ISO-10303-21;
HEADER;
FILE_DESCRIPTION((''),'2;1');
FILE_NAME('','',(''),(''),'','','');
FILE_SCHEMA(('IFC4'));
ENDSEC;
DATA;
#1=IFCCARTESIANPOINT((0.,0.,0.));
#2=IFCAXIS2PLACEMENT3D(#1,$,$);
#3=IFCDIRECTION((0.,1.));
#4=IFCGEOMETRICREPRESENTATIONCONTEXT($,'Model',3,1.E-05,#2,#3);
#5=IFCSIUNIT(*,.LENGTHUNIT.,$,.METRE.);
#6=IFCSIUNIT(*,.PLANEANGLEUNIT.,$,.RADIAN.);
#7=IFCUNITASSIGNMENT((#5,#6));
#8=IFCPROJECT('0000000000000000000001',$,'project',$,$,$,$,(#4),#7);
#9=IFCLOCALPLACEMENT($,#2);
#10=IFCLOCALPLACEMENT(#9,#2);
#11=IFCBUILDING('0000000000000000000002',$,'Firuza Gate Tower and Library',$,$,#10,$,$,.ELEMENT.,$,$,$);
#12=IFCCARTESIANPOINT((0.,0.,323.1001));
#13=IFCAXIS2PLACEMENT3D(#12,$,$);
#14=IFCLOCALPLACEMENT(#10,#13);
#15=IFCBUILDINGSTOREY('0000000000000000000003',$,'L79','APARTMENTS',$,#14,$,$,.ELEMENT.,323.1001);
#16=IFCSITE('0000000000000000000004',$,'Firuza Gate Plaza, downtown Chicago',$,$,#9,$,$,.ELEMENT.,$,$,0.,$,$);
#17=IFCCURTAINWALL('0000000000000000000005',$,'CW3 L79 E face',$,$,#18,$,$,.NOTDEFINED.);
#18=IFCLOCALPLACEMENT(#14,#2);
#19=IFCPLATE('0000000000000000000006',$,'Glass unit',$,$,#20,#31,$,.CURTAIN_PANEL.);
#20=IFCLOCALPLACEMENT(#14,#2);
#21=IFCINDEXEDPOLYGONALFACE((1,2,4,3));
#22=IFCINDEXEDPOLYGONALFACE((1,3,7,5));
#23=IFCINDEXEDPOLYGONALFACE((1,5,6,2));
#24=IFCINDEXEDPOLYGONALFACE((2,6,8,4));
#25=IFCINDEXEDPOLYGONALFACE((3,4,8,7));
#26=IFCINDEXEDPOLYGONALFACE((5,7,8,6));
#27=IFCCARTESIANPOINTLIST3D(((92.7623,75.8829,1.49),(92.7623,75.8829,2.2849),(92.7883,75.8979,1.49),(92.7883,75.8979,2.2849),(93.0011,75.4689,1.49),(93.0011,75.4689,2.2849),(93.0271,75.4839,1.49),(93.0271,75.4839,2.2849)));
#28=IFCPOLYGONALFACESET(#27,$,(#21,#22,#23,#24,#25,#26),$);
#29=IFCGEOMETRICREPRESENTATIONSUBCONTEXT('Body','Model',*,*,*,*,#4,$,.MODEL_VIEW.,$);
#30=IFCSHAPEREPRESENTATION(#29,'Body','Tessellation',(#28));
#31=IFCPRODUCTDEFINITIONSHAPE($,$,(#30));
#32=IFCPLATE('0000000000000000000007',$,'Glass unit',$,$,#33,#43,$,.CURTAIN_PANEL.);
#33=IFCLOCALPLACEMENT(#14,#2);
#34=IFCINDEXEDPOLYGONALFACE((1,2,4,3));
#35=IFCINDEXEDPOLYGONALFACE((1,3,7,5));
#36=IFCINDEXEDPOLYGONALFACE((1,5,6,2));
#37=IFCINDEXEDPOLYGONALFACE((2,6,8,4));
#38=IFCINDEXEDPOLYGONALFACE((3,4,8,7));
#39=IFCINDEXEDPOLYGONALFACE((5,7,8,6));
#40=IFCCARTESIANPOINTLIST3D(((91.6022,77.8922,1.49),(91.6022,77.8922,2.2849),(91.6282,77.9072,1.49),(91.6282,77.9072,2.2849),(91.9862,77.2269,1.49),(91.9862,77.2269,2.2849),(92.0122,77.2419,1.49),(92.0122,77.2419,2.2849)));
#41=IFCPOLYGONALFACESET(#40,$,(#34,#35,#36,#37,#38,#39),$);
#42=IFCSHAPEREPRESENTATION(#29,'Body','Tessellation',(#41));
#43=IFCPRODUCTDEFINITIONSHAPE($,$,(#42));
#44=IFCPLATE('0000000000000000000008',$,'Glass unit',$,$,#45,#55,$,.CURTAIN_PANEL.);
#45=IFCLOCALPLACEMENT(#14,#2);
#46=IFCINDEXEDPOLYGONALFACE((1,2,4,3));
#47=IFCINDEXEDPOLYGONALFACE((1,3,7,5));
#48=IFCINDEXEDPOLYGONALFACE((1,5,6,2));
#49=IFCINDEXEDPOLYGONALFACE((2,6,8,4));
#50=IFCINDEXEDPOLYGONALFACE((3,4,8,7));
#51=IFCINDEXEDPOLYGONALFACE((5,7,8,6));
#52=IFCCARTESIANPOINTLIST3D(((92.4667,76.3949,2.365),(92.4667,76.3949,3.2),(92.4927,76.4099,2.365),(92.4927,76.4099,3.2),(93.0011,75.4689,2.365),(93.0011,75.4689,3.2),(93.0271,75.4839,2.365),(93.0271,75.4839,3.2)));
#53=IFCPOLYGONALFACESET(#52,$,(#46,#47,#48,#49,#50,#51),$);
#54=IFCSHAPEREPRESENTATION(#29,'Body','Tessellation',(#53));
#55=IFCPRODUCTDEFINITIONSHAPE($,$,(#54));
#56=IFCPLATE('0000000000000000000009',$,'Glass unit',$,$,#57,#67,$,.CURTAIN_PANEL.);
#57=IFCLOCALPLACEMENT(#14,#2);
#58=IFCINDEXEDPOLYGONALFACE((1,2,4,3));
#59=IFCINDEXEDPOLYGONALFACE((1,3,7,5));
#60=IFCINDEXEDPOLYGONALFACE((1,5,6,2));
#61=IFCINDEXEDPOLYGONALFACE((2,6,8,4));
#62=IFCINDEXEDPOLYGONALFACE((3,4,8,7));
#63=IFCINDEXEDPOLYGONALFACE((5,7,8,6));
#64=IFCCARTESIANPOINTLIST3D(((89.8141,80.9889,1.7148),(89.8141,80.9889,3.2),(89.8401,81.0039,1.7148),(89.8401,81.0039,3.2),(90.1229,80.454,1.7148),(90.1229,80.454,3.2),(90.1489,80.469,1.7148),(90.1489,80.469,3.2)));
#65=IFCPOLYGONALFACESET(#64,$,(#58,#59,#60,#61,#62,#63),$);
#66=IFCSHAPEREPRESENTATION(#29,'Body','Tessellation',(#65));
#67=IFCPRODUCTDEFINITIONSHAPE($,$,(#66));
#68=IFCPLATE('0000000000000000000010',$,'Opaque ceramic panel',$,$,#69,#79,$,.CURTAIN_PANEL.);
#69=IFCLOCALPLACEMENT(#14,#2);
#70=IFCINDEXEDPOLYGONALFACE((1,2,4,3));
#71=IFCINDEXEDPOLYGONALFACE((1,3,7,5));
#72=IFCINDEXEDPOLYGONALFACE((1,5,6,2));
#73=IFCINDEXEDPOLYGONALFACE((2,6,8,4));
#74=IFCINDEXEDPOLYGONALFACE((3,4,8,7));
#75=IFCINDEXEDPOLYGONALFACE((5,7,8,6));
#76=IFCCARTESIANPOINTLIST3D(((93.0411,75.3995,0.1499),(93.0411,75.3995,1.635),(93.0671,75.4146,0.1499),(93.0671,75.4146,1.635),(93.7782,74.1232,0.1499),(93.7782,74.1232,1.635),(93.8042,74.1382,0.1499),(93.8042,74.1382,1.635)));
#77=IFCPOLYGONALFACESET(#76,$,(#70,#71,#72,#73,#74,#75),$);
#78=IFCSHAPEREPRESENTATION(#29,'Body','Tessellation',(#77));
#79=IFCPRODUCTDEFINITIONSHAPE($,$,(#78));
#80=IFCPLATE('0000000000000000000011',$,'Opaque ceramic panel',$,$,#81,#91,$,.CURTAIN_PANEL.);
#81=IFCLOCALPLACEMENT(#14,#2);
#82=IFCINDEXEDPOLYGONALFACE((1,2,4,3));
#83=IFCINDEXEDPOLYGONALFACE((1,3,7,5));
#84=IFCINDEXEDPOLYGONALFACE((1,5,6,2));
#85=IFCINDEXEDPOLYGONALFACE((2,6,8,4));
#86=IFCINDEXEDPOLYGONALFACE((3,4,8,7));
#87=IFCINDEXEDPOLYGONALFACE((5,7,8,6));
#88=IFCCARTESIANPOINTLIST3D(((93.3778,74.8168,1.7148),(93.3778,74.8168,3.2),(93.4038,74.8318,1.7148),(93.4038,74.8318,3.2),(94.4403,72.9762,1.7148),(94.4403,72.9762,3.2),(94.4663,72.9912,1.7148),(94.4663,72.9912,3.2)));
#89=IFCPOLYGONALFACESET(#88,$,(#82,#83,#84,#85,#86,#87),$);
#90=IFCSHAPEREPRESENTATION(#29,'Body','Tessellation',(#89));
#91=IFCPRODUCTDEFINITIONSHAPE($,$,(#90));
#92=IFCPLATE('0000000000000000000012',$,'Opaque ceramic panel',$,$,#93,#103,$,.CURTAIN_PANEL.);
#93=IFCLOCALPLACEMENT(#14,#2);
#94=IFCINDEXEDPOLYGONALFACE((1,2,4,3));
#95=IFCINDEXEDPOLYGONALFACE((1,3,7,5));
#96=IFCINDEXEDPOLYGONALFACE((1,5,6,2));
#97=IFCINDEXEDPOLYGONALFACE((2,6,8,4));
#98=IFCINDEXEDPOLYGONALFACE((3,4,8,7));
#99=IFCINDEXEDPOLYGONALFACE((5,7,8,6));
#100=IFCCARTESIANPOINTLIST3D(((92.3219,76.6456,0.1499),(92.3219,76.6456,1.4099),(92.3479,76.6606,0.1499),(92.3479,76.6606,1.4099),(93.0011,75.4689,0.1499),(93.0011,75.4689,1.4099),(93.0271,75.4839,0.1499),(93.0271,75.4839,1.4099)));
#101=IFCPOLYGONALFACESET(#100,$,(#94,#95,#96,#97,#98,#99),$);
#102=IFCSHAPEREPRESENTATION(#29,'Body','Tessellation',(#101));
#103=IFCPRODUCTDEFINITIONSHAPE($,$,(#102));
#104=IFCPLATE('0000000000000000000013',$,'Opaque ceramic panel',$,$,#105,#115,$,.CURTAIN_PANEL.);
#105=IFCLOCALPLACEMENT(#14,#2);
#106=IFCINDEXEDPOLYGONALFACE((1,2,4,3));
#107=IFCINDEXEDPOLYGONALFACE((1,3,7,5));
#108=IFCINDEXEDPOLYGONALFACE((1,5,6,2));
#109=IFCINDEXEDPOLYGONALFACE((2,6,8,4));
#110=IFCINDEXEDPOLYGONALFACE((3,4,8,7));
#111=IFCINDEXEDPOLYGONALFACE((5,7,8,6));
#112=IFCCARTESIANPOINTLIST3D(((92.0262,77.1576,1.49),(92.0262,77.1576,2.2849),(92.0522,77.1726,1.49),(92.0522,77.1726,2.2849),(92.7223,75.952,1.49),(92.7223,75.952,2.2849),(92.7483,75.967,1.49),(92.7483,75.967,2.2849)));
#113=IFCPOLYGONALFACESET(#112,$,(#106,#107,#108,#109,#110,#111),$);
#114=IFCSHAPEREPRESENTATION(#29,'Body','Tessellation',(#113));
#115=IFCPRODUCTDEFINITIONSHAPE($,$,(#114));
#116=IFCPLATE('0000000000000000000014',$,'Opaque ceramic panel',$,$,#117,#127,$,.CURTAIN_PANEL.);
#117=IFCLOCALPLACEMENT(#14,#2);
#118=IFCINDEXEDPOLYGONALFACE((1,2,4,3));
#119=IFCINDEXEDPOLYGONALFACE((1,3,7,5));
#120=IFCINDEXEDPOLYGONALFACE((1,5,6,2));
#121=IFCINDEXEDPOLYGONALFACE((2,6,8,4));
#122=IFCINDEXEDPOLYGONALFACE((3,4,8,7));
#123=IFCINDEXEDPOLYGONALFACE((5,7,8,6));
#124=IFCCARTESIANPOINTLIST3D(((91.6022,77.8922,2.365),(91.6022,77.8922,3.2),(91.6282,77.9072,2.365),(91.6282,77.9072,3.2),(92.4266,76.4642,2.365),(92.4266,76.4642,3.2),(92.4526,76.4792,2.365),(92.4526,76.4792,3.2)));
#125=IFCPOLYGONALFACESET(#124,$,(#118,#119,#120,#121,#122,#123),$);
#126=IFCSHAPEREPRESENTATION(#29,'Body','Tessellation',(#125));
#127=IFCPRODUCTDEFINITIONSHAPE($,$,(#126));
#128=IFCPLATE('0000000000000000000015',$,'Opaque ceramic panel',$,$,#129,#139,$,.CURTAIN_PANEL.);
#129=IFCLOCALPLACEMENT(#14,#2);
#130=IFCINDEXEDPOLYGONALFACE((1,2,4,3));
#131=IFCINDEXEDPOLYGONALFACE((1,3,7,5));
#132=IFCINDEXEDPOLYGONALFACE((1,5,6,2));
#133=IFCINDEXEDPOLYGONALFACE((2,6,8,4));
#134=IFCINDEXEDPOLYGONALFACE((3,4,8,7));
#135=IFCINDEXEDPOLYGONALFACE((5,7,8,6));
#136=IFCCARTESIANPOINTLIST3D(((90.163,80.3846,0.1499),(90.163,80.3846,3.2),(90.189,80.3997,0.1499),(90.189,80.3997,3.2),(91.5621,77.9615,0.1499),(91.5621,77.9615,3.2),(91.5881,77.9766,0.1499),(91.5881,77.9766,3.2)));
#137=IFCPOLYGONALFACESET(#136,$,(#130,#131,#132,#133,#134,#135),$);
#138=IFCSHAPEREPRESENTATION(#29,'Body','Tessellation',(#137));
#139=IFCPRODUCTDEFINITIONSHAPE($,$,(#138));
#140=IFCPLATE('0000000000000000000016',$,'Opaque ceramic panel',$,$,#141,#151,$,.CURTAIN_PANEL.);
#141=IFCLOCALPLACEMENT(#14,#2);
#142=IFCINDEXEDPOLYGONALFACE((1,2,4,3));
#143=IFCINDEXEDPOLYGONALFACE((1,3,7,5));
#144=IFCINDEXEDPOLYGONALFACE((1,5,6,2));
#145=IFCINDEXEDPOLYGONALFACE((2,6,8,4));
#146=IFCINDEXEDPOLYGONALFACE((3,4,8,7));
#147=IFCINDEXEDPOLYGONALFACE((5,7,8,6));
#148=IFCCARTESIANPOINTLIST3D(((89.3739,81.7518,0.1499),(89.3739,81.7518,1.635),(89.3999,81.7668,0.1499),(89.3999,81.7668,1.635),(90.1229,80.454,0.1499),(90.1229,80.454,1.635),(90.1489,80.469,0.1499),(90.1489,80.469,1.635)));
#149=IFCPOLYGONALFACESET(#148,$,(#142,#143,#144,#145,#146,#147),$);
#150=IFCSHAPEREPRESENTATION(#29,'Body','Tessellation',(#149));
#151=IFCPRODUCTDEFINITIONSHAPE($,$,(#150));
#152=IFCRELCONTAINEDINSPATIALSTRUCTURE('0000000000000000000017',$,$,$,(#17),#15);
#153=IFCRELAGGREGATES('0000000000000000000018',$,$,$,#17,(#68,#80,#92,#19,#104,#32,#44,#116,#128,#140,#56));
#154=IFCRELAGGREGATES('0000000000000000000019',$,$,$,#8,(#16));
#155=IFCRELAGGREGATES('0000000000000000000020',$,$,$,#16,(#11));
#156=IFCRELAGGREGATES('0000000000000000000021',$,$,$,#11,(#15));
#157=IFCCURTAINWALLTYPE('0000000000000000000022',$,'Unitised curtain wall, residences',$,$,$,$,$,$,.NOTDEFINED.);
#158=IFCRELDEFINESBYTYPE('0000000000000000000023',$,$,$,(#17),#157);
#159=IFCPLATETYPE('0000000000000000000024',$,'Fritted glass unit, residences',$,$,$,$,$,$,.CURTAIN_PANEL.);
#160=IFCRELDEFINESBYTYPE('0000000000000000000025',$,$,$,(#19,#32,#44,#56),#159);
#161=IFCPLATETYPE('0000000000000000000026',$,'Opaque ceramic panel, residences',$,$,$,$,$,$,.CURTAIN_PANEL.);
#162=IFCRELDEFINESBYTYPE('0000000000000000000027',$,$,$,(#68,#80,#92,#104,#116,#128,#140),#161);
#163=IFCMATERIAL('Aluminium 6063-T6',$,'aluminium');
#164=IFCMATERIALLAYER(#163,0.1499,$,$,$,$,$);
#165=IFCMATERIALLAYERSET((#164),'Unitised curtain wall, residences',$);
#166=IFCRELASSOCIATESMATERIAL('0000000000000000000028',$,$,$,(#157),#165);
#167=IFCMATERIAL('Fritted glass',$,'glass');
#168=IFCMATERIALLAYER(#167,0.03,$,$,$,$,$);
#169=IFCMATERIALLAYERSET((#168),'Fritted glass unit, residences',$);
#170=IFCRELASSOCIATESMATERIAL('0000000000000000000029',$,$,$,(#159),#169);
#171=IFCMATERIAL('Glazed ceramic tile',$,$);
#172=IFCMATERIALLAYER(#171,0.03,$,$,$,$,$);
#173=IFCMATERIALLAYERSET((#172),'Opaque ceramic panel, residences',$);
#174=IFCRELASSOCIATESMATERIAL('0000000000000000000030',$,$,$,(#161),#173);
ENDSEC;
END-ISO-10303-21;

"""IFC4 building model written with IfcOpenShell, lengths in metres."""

from ifc_helpers import new_model, si_unit, direction, frame, origin, place, context, subcontext, project, spatial, polyline, outline, extrude, material, layer, layer_set, type_object, element, aggregate, save


model = new_model("IFC4")

# Units and contexts
model_context = context("Model", 3, precision=1e-05, world=origin(), true_north=direction((0.0, 1.0)))
body_context = subcontext(model_context, "Body", "Model", "MODEL_VIEW")
ifc_project = project(units=[si_unit("LENGTHUNIT", "METRE"), si_unit("PLANEANGLEUNIT", "RADIAN")], contexts=[model_context])

# Site, building, storey
site_placement = place(None, origin())
site = spatial("IfcSite", under=ifc_project, at=site_placement, Name="Firuza Gate Plaza, downtown Chicago", CompositionType="ELEMENT", RefElevation=0.0)
building_placement = place(site_placement, origin())
building = spatial("IfcBuilding", under=site, at=building_placement, Name="Firuza Gate Tower and Library", CompositionType="ELEMENT")
storey_placement = place(building_placement, frame((0.0, 0.0, 323.1001)))
storey = spatial("IfcBuildingStorey", under=building, at=storey_placement, Name="L79", Description="APARTMENTS", CompositionType="ELEMENT", Elevation=323.1001)

# Curtain wall
ifc_material_1 = material(Name="Aluminium 6063-T6", Category="aluminium")
ifc_layer_1 = layer(ifc_material_1, 0.1499)
ifc_layer_set_1 = layer_set([ifc_layer_1], Name="Unitised curtain wall, residences")
curtain_wall_type = type_object("IfcCurtainWallType", Name="Unitised curtain wall, residences", PredefinedType="NOTDEFINED", material=ifc_layer_set_1)
curtain_wall_placement = place(storey_placement, origin())
curtain_wall = element("IfcCurtainWall", 1, at=curtain_wall_placement, inside=storey, type_object=curtain_wall_type, Name="CW3 L79 E face", PredefinedType="NOTDEFINED")

# Plates
ifc_material_2 = material(Name="Fritted glass", Category="glass")
ifc_layer_2 = layer(ifc_material_2, 0.03)
ifc_layer_set_2 = layer_set([ifc_layer_2], Name="Fritted glass unit, residences")
plate_type_1 = type_object("IfcPlateType", Name="Fritted glass unit, residences", PredefinedType="CURTAIN_PANEL", material=ifc_layer_set_2)
plate_1_placement = place(storey_placement, frame((93.0271, 75.4839, 1.49), z_axis=(0.866288, 0.499546, 0.0), x_axis=(-0.499546, 0.866288, 0.0)))
plate_1 = element("IfcPlate", 2, at=plate_1_placement, type_object=plate_type_1, Name="Glass unit", PredefinedType="CURTAIN_PANEL", context=body_context, shape_type="SweptSolid", body=[
    extrude(outline(polyline([(0.0, 0.0), (0.478, 0.0), (0.478, 0.7949), (0.0, 0.7949), (0.0, 0.0)])), origin(), (0.0, 0.0, -1.0), 0.03),
])
plate_2_placement = place(storey_placement, frame((92.0122, 77.2419, 1.49), z_axis=(0.866064, 0.499933, 0.0), x_axis=(-0.499933, 0.866064, 0.0)))
plate_2 = element("IfcPlate", 3, at=plate_2_placement, type_object=plate_type_1, Name="Glass unit", PredefinedType="CURTAIN_PANEL", context=body_context, shape_type="SweptSolid", body=[
    extrude(outline(polyline([(0.0, 0.0), (0.7682, 0.0), (0.7682, 0.7949), (0.0, 0.7949), (0.0, 0.0)])), origin(), (0.0, 0.0, -1.0), 0.03),
])
plate_3_placement = place(storey_placement, frame((93.0271, 75.4839, 2.365), z_axis=(0.866113, 0.499848, 0.0), x_axis=(-0.499848, 0.866113, 0.0)))
plate_3 = element("IfcPlate", 4, at=plate_3_placement, type_object=plate_type_1, Name="Glass unit", PredefinedType="CURTAIN_PANEL", context=body_context, shape_type="SweptSolid", body=[
    extrude(outline(polyline([(0.0, 0.0), (1.0692, 0.0), (1.0692, 0.835), (0.0, 0.835), (0.0, 0.0)])), origin(), (0.0, 0.0, -1.0), 0.03),
])
plate_4_placement = place(storey_placement, frame((90.1489, 80.469, 1.7148), z_axis=(0.866021, 0.500008, 0.0), x_axis=(-0.500008, 0.866021, 0.0)))
plate_4 = element("IfcPlate", 5, at=plate_4_placement, type_object=plate_type_1, Name="Glass unit", PredefinedType="CURTAIN_PANEL", context=body_context, shape_type="SweptSolid", body=[
    extrude(outline(polyline([(0.0, 0.0), (0.6177, 0.0), (0.6177, 1.4851), (0.0, 1.4851), (0.0, 0.0)])), origin(), (0.0, 0.0, -1.0), 0.03),
])
ifc_material_3 = material(Name="Glazed ceramic tile")
ifc_layer_3 = layer(ifc_material_3, 0.03)
ifc_layer_set_3 = layer_set([ifc_layer_3], Name="Opaque ceramic panel, residences")
plate_type_2 = type_object("IfcPlateType", Name="Opaque ceramic panel, residences", PredefinedType="CURTAIN_PANEL", material=ifc_layer_set_3)
plate_5_placement = place(storey_placement, frame((93.8042, 74.1382, 0.1499), z_axis=(0.865981, 0.500076, 0.0), x_axis=(-0.500076, 0.865981, 0.0)))
plate_5 = element("IfcPlate", 6, at=plate_5_placement, type_object=plate_type_2, Name="Opaque ceramic panel", PredefinedType="CURTAIN_PANEL", context=body_context, shape_type="SweptSolid", body=[
    extrude(outline(polyline([(0.0, 0.0), (1.4739, 0.0), (1.4739, 1.4851), (0.0, 1.4851), (0.0, 0.0)])), origin(), (0.0, 0.0, -1.0), 0.03),
])
plate_6_placement = place(storey_placement, frame((94.4663, 72.9912, 1.7148), z_axis=(0.866057, 0.499945, 0.0), x_axis=(-0.499945, 0.866057, 0.0)))
plate_6 = element("IfcPlate", 7, at=plate_6_placement, type_object=plate_type_2, Name="Opaque ceramic panel", PredefinedType="CURTAIN_PANEL", context=body_context, shape_type="SweptSolid", body=[
    extrude(outline(polyline([(0.0, 0.0), (2.1252, 0.0), (2.1252, 1.4851), (0.0, 1.4851), (0.0, 0.0)])), origin(), (0.0, 0.0, -1.0), 0.03),
])
plate_7_placement = place(storey_placement, frame((93.0271, 75.4839, 0.1499), z_axis=(0.86609, 0.499888, 0.0), x_axis=(-0.499888, 0.86609, 0.0)))
plate_7 = element("IfcPlate", 8, at=plate_7_placement, type_object=plate_type_2, Name="Opaque ceramic panel", PredefinedType="CURTAIN_PANEL", context=body_context, shape_type="SweptSolid", body=[
    extrude(outline(polyline([(0.0, 0.0), (1.3587, 0.0), (1.3587, 1.26), (0.0, 1.26), (0.0, 0.0)])), origin(), (0.0, 0.0, -1.0), 0.03),
])
plate_8_placement = place(storey_placement, frame((92.7483, 75.967, 1.49), z_axis=(0.866022, 0.500006, 0.0), x_axis=(-0.500006, 0.866022, 0.0)))
plate_8 = element("IfcPlate", 9, at=plate_8_placement, type_object=plate_type_2, Name="Opaque ceramic panel", PredefinedType="CURTAIN_PANEL", context=body_context, shape_type="SweptSolid", body=[
    extrude(outline(polyline([(0.0, 0.0), (1.3921, 0.0), (1.3921, 0.7949), (0.0, 0.7949), (0.0, 0.0)])), origin(), (0.0, 0.0, -1.0), 0.03),
])
plate_9_placement = place(storey_placement, frame((92.4526, 76.4792, 2.365), z_axis=(0.86602, 0.500009, 0.0), x_axis=(-0.500009, 0.86602, 0.0)))
plate_9 = element("IfcPlate", 10, at=plate_9_placement, type_object=plate_type_2, Name="Opaque ceramic panel", PredefinedType="CURTAIN_PANEL", context=body_context, shape_type="SweptSolid", body=[
    extrude(outline(polyline([(0.0, 0.0), (1.6489, 0.0), (1.6489, 0.835), (0.0, 0.835), (0.0, 0.0)])), origin(), (0.0, 0.0, -1.0), 0.03),
])
plate_10_placement = place(storey_placement, frame((91.5881, 77.9766, 0.1499), z_axis=(0.865995, 0.500052, 0.0), x_axis=(-0.500052, 0.865995, 0.0)))
plate_10 = element("IfcPlate", 11, at=plate_10_placement, type_object=plate_type_2, Name="Opaque ceramic panel", PredefinedType="CURTAIN_PANEL", context=body_context, shape_type="SweptSolid", body=[
    extrude(outline(polyline([(0.0, 0.0), (2.798, 0.0), (2.798, 3.05), (0.0, 3.05), (0.0, 0.0)])), origin(), (0.0, 0.0, -1.0), 0.03),
])
plate_11_placement = place(storey_placement, frame((90.1489, 80.469, 0.1499), z_axis=(0.86611, 0.499854, 0.0), x_axis=(-0.499854, 0.86611, 0.0)))
plate_11 = element("IfcPlate", 12, at=plate_11_placement, type_object=plate_type_2, Name="Opaque ceramic panel", PredefinedType="CURTAIN_PANEL", context=body_context, shape_type="SweptSolid", body=[
    extrude(outline(polyline([(0.0, 0.0), (1.4985, 0.0), (1.4985, 1.4851), (0.0, 1.4851), (0.0, 0.0)])), origin(), (0.0, 0.0, -1.0), 0.03),
])
aggregate(curtain_wall, [plate_5, plate_6, plate_7, plate_1, plate_8, plate_2, plate_3, plate_9, plate_10, plate_11, plate_4])

save(model, "model.ifc")
